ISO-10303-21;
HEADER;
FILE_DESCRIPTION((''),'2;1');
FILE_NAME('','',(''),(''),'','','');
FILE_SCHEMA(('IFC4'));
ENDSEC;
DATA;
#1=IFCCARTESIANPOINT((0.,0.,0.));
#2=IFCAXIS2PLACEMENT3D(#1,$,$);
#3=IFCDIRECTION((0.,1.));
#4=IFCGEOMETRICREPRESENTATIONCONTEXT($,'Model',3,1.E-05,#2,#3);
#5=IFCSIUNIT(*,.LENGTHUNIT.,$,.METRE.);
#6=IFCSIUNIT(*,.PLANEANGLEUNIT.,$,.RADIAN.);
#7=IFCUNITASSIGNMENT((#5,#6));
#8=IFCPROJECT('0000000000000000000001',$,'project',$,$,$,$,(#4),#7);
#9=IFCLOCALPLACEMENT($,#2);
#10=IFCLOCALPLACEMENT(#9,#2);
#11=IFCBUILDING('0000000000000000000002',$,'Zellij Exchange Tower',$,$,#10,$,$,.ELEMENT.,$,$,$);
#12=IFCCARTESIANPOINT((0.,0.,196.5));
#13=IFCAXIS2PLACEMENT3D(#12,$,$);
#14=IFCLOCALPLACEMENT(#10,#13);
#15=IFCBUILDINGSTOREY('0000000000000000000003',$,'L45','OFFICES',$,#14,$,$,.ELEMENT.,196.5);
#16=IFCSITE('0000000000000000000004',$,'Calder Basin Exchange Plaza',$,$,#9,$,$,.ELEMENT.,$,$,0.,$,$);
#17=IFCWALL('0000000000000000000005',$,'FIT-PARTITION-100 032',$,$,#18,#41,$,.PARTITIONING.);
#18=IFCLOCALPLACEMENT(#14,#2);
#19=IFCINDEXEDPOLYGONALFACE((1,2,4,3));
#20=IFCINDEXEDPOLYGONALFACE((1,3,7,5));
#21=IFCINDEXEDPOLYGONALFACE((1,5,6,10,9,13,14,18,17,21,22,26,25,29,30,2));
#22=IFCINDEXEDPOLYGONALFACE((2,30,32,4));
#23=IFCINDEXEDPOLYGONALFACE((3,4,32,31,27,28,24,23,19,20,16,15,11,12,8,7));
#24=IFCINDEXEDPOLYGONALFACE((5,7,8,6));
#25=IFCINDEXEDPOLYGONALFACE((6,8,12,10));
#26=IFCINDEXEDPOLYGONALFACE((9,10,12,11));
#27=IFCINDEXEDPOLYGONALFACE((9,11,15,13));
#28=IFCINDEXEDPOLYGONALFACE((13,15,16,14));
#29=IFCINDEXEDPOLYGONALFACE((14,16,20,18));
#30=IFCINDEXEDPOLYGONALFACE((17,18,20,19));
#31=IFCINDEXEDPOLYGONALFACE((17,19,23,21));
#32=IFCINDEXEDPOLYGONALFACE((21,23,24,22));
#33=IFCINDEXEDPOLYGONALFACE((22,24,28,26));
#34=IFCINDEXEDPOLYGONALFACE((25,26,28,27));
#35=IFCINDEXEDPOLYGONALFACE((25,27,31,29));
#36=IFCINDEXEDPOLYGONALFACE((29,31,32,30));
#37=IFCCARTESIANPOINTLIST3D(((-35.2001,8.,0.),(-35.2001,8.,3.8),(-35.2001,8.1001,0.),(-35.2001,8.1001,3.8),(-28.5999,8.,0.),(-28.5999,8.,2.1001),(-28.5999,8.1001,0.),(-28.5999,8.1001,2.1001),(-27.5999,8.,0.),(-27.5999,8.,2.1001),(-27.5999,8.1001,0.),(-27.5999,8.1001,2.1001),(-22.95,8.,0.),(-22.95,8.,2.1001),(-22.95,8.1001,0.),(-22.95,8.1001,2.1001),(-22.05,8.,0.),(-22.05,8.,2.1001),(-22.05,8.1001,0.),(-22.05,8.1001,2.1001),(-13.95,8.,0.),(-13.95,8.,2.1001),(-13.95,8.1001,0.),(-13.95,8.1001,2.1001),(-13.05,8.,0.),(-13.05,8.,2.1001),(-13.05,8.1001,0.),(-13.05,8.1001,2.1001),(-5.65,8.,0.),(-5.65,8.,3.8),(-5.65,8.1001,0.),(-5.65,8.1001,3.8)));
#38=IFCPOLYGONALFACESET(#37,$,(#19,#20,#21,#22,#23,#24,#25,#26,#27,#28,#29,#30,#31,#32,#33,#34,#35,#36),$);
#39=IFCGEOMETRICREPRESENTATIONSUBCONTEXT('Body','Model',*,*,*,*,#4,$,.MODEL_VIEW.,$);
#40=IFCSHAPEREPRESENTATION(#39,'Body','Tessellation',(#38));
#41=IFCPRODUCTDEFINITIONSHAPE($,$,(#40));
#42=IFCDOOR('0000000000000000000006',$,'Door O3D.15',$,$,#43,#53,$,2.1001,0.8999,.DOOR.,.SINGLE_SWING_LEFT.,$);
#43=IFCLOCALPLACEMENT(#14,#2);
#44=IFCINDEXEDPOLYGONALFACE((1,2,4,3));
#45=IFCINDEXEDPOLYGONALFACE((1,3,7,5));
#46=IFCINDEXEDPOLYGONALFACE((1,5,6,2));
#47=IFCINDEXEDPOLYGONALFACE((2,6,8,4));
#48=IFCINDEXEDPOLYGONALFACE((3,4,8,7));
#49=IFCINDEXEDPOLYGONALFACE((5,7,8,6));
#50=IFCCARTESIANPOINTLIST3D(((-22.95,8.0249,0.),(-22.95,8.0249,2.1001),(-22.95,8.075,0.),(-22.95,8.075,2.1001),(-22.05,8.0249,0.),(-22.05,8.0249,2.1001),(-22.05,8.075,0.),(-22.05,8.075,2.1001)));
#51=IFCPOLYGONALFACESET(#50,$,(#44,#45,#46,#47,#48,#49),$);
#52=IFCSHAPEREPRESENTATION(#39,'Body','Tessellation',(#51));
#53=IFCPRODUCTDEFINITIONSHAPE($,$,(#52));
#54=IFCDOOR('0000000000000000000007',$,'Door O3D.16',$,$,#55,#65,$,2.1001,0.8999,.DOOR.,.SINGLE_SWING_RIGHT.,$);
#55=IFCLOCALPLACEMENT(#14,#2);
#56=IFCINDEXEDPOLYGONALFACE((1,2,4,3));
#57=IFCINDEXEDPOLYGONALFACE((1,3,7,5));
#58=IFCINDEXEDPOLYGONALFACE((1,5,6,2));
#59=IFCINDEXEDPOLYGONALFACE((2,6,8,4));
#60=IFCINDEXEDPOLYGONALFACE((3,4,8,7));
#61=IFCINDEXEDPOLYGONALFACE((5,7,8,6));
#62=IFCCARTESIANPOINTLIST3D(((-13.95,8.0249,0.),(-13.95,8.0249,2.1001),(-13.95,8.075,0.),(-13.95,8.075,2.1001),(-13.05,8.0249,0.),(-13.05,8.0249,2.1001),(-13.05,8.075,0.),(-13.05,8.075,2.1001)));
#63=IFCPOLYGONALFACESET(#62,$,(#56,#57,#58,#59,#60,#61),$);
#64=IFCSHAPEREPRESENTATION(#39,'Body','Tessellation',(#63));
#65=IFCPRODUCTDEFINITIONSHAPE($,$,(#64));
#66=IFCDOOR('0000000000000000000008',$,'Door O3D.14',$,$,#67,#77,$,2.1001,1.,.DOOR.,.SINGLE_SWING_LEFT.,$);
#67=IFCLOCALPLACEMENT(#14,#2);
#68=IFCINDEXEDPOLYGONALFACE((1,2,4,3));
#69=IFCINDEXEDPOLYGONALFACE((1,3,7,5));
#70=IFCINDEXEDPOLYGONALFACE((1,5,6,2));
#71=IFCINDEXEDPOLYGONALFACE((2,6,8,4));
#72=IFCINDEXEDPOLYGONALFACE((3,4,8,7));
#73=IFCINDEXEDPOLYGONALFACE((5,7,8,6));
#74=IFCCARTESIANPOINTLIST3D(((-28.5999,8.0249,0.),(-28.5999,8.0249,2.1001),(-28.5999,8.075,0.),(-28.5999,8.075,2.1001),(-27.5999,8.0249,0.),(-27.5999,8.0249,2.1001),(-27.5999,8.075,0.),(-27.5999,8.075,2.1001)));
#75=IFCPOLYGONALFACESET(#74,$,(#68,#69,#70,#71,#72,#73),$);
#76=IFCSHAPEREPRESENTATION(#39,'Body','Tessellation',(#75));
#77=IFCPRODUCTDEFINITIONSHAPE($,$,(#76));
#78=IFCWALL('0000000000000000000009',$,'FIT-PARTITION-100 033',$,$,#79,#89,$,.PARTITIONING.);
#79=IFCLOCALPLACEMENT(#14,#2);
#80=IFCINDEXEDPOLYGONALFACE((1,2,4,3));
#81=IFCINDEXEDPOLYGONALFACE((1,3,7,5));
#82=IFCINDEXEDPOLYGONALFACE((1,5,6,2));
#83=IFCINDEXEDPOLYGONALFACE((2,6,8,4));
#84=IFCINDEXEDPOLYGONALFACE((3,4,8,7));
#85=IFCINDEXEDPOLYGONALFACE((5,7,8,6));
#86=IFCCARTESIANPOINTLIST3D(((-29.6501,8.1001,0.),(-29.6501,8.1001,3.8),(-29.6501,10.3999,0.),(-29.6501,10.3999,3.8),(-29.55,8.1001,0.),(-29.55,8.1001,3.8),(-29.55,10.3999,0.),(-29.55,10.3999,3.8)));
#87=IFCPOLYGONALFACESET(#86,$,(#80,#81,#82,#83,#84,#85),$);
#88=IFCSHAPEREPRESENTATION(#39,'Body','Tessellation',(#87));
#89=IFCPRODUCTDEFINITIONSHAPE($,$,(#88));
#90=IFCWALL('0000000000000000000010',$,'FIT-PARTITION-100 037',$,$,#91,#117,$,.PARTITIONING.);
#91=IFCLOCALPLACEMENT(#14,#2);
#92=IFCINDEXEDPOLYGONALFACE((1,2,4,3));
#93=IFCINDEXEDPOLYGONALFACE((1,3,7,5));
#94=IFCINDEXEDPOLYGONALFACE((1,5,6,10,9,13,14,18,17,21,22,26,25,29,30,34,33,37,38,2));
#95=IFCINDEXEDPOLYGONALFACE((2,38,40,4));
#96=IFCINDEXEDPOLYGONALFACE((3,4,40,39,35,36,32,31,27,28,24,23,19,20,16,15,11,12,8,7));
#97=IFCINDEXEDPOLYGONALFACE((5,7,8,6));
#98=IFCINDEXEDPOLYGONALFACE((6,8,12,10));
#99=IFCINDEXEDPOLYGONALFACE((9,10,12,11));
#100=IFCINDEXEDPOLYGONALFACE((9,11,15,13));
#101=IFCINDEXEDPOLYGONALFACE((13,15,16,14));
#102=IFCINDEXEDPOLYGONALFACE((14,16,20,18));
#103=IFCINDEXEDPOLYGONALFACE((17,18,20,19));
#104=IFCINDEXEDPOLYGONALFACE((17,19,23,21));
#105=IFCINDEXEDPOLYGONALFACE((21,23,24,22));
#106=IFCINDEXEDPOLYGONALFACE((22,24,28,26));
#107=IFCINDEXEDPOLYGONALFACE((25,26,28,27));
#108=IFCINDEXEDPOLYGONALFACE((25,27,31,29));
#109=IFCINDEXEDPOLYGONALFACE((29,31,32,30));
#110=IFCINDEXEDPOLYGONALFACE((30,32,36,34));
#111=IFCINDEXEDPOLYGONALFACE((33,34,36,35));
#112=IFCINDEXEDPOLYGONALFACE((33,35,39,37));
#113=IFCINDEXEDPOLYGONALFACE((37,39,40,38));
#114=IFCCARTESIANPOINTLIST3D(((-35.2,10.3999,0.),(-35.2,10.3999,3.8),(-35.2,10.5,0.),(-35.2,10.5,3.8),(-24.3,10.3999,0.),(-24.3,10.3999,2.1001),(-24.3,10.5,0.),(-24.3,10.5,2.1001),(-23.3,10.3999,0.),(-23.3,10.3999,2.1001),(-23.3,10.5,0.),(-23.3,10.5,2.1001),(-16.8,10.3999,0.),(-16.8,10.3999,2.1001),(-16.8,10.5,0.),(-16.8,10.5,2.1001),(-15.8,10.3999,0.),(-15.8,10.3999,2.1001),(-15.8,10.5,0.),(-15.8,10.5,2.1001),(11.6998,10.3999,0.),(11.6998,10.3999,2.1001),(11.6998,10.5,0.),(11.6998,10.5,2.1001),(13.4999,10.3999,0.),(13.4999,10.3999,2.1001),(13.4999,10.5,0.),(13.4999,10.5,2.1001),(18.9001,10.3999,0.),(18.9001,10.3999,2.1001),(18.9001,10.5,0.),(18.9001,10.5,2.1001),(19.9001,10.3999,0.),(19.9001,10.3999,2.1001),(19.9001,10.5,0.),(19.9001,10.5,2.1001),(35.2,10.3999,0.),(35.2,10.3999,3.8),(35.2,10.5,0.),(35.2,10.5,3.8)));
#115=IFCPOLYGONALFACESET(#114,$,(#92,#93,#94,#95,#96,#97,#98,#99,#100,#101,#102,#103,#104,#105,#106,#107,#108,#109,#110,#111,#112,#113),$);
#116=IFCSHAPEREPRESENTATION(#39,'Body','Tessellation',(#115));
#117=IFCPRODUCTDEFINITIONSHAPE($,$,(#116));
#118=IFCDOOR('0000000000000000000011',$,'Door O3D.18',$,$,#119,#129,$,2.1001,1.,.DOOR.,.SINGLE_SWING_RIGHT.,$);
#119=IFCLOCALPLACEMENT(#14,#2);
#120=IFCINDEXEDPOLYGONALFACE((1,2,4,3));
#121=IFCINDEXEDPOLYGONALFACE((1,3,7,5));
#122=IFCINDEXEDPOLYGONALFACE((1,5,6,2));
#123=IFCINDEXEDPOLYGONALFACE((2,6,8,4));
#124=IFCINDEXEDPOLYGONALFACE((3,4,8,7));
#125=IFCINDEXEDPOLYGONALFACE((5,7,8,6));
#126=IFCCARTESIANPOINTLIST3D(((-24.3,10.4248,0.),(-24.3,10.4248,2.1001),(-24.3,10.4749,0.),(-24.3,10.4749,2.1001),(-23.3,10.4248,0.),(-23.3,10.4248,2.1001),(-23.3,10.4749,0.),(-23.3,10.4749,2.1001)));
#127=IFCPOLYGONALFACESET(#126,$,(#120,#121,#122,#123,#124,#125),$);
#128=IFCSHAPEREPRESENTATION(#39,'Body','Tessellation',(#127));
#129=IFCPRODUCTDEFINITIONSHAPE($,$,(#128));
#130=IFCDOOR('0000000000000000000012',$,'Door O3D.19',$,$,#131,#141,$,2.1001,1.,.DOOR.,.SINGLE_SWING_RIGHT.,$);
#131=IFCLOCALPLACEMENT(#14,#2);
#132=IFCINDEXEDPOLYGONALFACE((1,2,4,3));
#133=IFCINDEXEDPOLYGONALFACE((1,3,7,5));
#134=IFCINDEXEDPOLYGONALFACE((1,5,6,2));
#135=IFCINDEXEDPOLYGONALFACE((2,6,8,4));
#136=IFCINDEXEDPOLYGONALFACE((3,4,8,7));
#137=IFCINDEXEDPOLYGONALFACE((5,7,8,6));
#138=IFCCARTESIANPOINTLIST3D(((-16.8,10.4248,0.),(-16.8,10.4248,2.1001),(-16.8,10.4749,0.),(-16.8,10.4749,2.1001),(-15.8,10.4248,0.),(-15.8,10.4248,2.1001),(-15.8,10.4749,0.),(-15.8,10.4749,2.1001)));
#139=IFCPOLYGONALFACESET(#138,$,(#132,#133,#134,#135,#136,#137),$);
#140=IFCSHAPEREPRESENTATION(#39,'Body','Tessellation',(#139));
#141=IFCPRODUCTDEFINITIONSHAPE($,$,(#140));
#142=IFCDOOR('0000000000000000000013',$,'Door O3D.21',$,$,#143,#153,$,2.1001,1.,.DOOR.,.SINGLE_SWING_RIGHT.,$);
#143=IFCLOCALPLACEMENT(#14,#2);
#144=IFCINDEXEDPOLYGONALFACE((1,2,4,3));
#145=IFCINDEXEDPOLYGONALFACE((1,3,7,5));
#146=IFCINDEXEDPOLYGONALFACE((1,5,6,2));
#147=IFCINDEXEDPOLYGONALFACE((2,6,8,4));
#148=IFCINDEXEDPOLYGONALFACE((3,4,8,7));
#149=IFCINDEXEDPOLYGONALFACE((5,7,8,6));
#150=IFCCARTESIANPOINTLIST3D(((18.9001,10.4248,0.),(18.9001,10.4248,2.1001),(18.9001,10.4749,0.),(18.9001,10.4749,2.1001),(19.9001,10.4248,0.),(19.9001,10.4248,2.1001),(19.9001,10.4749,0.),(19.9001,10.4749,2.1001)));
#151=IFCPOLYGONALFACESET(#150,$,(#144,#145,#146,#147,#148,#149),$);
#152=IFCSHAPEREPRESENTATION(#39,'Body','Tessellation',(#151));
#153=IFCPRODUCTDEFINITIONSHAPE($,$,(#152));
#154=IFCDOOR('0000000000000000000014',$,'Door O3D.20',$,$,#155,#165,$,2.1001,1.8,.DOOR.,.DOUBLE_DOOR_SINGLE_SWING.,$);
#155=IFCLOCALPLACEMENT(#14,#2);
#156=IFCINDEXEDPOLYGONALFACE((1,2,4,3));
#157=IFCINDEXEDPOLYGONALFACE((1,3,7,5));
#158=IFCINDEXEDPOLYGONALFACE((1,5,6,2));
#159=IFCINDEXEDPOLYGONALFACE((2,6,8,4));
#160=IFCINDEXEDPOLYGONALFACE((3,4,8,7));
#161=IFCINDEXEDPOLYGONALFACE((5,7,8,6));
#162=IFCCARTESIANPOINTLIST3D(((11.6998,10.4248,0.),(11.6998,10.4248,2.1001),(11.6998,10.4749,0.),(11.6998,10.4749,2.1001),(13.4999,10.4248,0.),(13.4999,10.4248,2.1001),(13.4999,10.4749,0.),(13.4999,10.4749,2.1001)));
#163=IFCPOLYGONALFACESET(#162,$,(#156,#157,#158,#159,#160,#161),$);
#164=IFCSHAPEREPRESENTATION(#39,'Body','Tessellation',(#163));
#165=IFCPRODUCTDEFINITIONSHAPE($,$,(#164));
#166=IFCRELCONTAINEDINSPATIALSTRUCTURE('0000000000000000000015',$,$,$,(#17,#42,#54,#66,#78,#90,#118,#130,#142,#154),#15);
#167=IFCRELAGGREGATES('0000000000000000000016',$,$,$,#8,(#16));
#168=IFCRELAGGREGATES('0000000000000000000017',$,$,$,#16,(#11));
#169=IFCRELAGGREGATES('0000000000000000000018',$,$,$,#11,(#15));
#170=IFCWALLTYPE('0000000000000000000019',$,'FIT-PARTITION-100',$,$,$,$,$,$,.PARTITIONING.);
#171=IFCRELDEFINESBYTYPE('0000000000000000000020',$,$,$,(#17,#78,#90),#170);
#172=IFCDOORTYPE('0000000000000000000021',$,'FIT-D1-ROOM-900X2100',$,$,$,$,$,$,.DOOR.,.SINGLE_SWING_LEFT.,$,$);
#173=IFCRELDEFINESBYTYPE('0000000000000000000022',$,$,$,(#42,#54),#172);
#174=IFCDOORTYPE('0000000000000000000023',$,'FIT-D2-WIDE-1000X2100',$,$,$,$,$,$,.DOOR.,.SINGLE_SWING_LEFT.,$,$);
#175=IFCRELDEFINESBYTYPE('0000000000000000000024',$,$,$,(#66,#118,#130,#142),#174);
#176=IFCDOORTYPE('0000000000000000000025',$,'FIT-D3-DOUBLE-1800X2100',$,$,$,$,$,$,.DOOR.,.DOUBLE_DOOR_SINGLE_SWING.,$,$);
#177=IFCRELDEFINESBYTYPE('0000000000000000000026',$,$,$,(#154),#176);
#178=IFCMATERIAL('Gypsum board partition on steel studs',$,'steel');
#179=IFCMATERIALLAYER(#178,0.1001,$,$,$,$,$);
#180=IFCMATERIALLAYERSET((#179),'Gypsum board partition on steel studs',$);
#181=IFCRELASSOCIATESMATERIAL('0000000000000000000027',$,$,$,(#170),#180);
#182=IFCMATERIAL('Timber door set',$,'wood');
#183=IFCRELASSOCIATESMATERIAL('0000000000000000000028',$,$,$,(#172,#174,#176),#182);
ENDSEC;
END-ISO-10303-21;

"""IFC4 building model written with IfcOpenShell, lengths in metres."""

from ifc_helpers import new_model, si_unit, direction, frame, frame_2d, origin, place, context, subcontext, project, spatial, rectangle, extrude, material, layer, layer_set, type_object, element, fill, save


model = new_model("IFC4")

# Units and contexts
model_context = context("Model", 3, precision=1e-05, world=origin(), true_north=direction((0.0, 1.0)))
body_context = subcontext(model_context, "Body", "Model", "MODEL_VIEW")
ifc_project = project(units=[si_unit("LENGTHUNIT", "METRE"), si_unit("PLANEANGLEUNIT", "RADIAN")], contexts=[model_context])

# Site, building, storey
site_placement = place(None, origin())
site = spatial("IfcSite", under=ifc_project, at=site_placement, Name="Calder Basin Exchange Plaza", CompositionType="ELEMENT", RefElevation=0.0)
building_placement = place(site_placement, origin())
building = spatial("IfcBuilding", under=site, at=building_placement, Name="Zellij Exchange Tower", CompositionType="ELEMENT")
storey_placement = place(building_placement, frame((0.0, 0.0, 196.5)))
storey = spatial("IfcBuildingStorey", under=building, at=storey_placement, Name="L45", Description="OFFICES", CompositionType="ELEMENT", Elevation=196.5)

# Wall, openings, doors
ifc_material_1 = material(Name="Gypsum board partition on steel studs", Category="steel")
ifc_layer = layer(ifc_material_1, 0.1001)
ifc_layer_set = layer_set([ifc_layer], Name="Gypsum board partition on steel studs")
wall_type = type_object("IfcWallType", Name="FIT-PARTITION-100", PredefinedType="PARTITIONING", material=ifc_layer_set)
wall_1_placement = place(storey_placement, frame((-35.2, 8.05, 0.0), z_axis=(0.0, 0.0, 1.0), x_axis=(1.0, 0.0, 0.0)))
wall_1 = element("IfcWall", 1, at=wall_1_placement, inside=storey, type_object=wall_type, Name="FIT-PARTITION-100 032", PredefinedType="PARTITIONING", context=body_context, shape_type="SweptSolid", body=[
    extrude(rectangle(XDim=29.55, YDim=0.1001, at=frame_2d((14.7749, 0.0))), origin(), (0.0, 0.0, 1.0), 3.8),
])
opening_1_placement = place(wall_1_placement, frame((6.6001, 0.0, 0.0)))
opening_1 = element("IfcOpeningElement", 2, at=opening_1_placement, cuts=wall_1, PredefinedType="OPENING", context=body_context, shape_type="SweptSolid", body=[
    extrude(rectangle(XDim=1.0, YDim=2.1001, at=frame_2d((0.5, 1.05))), frame((0.0, 0.062, 0.0), z_axis=(0.0, -1.0, 0.0), x_axis=(1.0, 0.0, 0.0)), (0.0, 0.0, 1.0), 0.124),
])
opening_2_placement = place(wall_1_placement, frame((12.25, 0.0, 0.0)))
opening_2 = element("IfcOpeningElement", 3, at=opening_2_placement, cuts=wall_1, PredefinedType="OPENING", context=body_context, shape_type="SweptSolid", body=[
    extrude(rectangle(XDim=0.8999, YDim=2.1001, at=frame_2d((0.45, 1.05))), frame((0.0, 0.062, 0.0), z_axis=(0.0, -1.0, 0.0), x_axis=(1.0, 0.0, 0.0)), (0.0, 0.0, 1.0), 0.124),
])
opening_3_placement = place(wall_1_placement, frame((21.25, 0.0, 0.0)))
opening_3 = element("IfcOpeningElement", 4, at=opening_3_placement, cuts=wall_1, PredefinedType="OPENING", context=body_context, shape_type="SweptSolid", body=[
    extrude(rectangle(XDim=0.8999, YDim=2.1001, at=frame_2d((0.45, 1.05))), frame((0.0, 0.062, 0.0), z_axis=(0.0, -1.0, 0.0), x_axis=(1.0, 0.0, 0.0)), (0.0, 0.0, 1.0), 0.124),
])
ifc_material_2 = material(Name="Timber door set", Category="wood")
door_type_1 = type_object("IfcDoorType", Name="FIT-D1-ROOM-900X2100", OperationType="SINGLE_SWING_LEFT", PredefinedType="DOOR", material=ifc_material_2)
door_1_placement = place(opening_2_placement, origin())
door_1 = element("IfcDoor", 5, at=door_1_placement, inside=storey, type_object=door_type_1, Name="Door O3D.15", OperationType="SINGLE_SWING_LEFT", OverallHeight=2.1001, OverallWidth=0.8999, PredefinedType="DOOR", context=body_context, shape_type="SweptSolid", body=[
    extrude(rectangle(XDim=0.8999, YDim=2.1001, at=frame_2d((0.45, 1.05))), frame((0.0, 0.0249, 0.0), z_axis=(0.0, -1.0, 0.0), x_axis=(1.0, 0.0, 0.0)), (0.0, 0.0, 1.0), 0.05),
])
fill(opening_2, door_1)
door_2_placement = place(opening_3_placement, origin())
door_2 = element("IfcDoor", 6, at=door_2_placement, inside=storey, type_object=door_type_1, Name="Door O3D.16", OperationType="SINGLE_SWING_RIGHT", OverallHeight=2.1001, OverallWidth=0.8999, PredefinedType="DOOR", context=body_context, shape_type="SweptSolid", body=[
    extrude(rectangle(XDim=0.8999, YDim=2.1001, at=frame_2d((0.45, 1.05))), frame((0.0, 0.0249, 0.0), z_axis=(0.0, -1.0, 0.0), x_axis=(1.0, 0.0, 0.0)), (0.0, 0.0, 1.0), 0.05),
])
fill(opening_3, door_2)
door_type_2 = type_object("IfcDoorType", Name="FIT-D2-WIDE-1000X2100", OperationType="SINGLE_SWING_LEFT", PredefinedType="DOOR", material=ifc_material_2)
door_3_placement = place(opening_1_placement, origin())
door_3 = element("IfcDoor", 7, at=door_3_placement, inside=storey, type_object=door_type_2, Name="Door O3D.14", OperationType="SINGLE_SWING_LEFT", OverallHeight=2.1001, OverallWidth=1.0, PredefinedType="DOOR", context=body_context, shape_type="SweptSolid", body=[
    extrude(rectangle(XDim=1.0, YDim=2.1001, at=frame_2d((0.5, 1.05))), frame((0.0, 0.0249, 0.0), z_axis=(0.0, -1.0, 0.0), x_axis=(1.0, 0.0, 0.0)), (0.0, 0.0, 1.0), 0.05),
])
fill(opening_1, door_3)

# Wall
wall_2_placement = place(storey_placement, frame((-29.6001, 8.1001, 0.0), z_axis=(0.0, 0.0, 1.0), x_axis=(0.0, 1.0, 0.0)))
element("IfcWall", 8, at=wall_2_placement, inside=storey, type_object=wall_type, Name="FIT-PARTITION-100 033", PredefinedType="PARTITIONING", context=body_context, shape_type="SweptSolid", body=[
    extrude(rectangle(XDim=2.2998, YDim=0.1001, at=frame_2d((1.1499, 0.0))), origin(), (0.0, 0.0, 1.0), 3.8),
])

# Wall, openings, doors
wall_3_placement = place(storey_placement, frame((-35.2, 10.45, 0.0), z_axis=(0.0, 0.0, 1.0), x_axis=(1.0, 0.0, 0.0)))
wall_3 = element("IfcWall", 9, at=wall_3_placement, inside=storey, type_object=wall_type, Name="FIT-PARTITION-100 037", PredefinedType="PARTITIONING", context=body_context, shape_type="SweptSolid", body=[
    extrude(rectangle(XDim=70.3999, YDim=0.1001, at=frame_2d((35.2, 0.0))), origin(), (0.0, 0.0, 1.0), 3.8),
])
opening_4_placement = place(wall_3_placement, frame((10.8999, 0.0, 0.0)))
opening_4 = element("IfcOpeningElement", 10, at=opening_4_placement, cuts=wall_3, PredefinedType="OPENING", context=body_context, shape_type="SweptSolid", body=[
    extrude(rectangle(XDim=1.0, YDim=2.1001, at=frame_2d((0.5, 1.05))), frame((0.0, 0.062, 0.0), z_axis=(0.0, -1.0, 0.0), x_axis=(1.0, 0.0, 0.0)), (0.0, 0.0, 1.0), 0.124),
])
opening_5_placement = place(wall_3_placement, frame((18.3999, 0.0, 0.0)))
opening_5 = element("IfcOpeningElement", 11, at=opening_5_placement, cuts=wall_3, PredefinedType="OPENING", context=body_context, shape_type="SweptSolid", body=[
    extrude(rectangle(XDim=1.0, YDim=2.1001, at=frame_2d((0.5, 1.05))), frame((0.0, 0.062, 0.0), z_axis=(0.0, -1.0, 0.0), x_axis=(1.0, 0.0, 0.0)), (0.0, 0.0, 1.0), 0.124),
])
opening_6_placement = place(wall_3_placement, frame((46.8999, 0.0, 0.0)))
opening_6 = element("IfcOpeningElement", 12, at=opening_6_placement, cuts=wall_3, PredefinedType="OPENING", context=body_context, shape_type="SweptSolid", body=[
    extrude(rectangle(XDim=1.8, YDim=2.1001, at=frame_2d((0.8999, 1.05))), frame((0.0, 0.062, 0.0), z_axis=(0.0, -1.0, 0.0), x_axis=(1.0, 0.0, 0.0)), (0.0, 0.0, 1.0), 0.124),
])
opening_7_placement = place(wall_3_placement, frame((54.1001, 0.0, 0.0)))
opening_7 = element("IfcOpeningElement", 13, at=opening_7_placement, cuts=wall_3, PredefinedType="OPENING", context=body_context, shape_type="SweptSolid", body=[
    extrude(rectangle(XDim=1.0, YDim=2.1001, at=frame_2d((0.5, 1.05))), frame((0.0, 0.062, 0.0), z_axis=(0.0, -1.0, 0.0), x_axis=(1.0, 0.0, 0.0)), (0.0, 0.0, 1.0), 0.124),
])
door_4_placement = place(opening_4_placement, origin())
door_4 = element("IfcDoor", 14, at=door_4_placement, inside=storey, type_object=door_type_2, Name="Door O3D.18", OperationType="SINGLE_SWING_RIGHT", OverallHeight=2.1001, OverallWidth=1.0, PredefinedType="DOOR", context=body_context, shape_type="SweptSolid", body=[
    extrude(rectangle(XDim=1.0, YDim=2.1001, at=frame_2d((0.5, 1.05))), frame((0.0, 0.0249, 0.0), z_axis=(0.0, -1.0, 0.0), x_axis=(1.0, 0.0, 0.0)), (0.0, 0.0, 1.0), 0.05),
])
fill(opening_4, door_4)
door_5_placement = place(opening_5_placement, origin())
door_5 = element("IfcDoor", 15, at=door_5_placement, inside=storey, type_object=door_type_2, Name="Door O3D.19", OperationType="SINGLE_SWING_RIGHT", OverallHeight=2.1001, OverallWidth=1.0, PredefinedType="DOOR", context=body_context, shape_type="SweptSolid", body=[
    extrude(rectangle(XDim=1.0, YDim=2.1001, at=frame_2d((0.5, 1.05))), frame((0.0, 0.0249, 0.0), z_axis=(0.0, -1.0, 0.0), x_axis=(1.0, 0.0, 0.0)), (0.0, 0.0, 1.0), 0.05),
])
fill(opening_5, door_5)
door_6_placement = place(opening_7_placement, origin())
door_6 = element("IfcDoor", 16, at=door_6_placement, inside=storey, type_object=door_type_2, Name="Door O3D.21", OperationType="SINGLE_SWING_RIGHT", OverallHeight=2.1001, OverallWidth=1.0, PredefinedType="DOOR", context=body_context, shape_type="SweptSolid", body=[
    extrude(rectangle(XDim=1.0, YDim=2.1001, at=frame_2d((0.5, 1.05))), frame((0.0, 0.0249, 0.0), z_axis=(0.0, -1.0, 0.0), x_axis=(1.0, 0.0, 0.0)), (0.0, 0.0, 1.0), 0.05),
])
fill(opening_7, door_6)
door_type_3 = type_object("IfcDoorType", Name="FIT-D3-DOUBLE-1800X2100", OperationType="DOUBLE_DOOR_SINGLE_SWING", PredefinedType="DOOR", material=ifc_material_2)
door_7_placement = place(opening_6_placement, origin())
door_7 = element("IfcDoor", 17, at=door_7_placement, inside=storey, type_object=door_type_3, Name="Door O3D.20", OperationType="DOUBLE_DOOR_SINGLE_SWING", OverallHeight=2.1001, OverallWidth=1.8, PredefinedType="DOOR", context=body_context, shape_type="SweptSolid", body=[
    extrude(rectangle(XDim=1.8, YDim=2.1001, at=frame_2d((0.8999, 1.05))), frame((0.0, 0.0249, 0.0), z_axis=(0.0, -1.0, 0.0), x_axis=(1.0, 0.0, 0.0)), (0.0, 0.0, 1.0), 0.05),
])
fill(opening_6, door_7)

save(model, "model.ifc")
